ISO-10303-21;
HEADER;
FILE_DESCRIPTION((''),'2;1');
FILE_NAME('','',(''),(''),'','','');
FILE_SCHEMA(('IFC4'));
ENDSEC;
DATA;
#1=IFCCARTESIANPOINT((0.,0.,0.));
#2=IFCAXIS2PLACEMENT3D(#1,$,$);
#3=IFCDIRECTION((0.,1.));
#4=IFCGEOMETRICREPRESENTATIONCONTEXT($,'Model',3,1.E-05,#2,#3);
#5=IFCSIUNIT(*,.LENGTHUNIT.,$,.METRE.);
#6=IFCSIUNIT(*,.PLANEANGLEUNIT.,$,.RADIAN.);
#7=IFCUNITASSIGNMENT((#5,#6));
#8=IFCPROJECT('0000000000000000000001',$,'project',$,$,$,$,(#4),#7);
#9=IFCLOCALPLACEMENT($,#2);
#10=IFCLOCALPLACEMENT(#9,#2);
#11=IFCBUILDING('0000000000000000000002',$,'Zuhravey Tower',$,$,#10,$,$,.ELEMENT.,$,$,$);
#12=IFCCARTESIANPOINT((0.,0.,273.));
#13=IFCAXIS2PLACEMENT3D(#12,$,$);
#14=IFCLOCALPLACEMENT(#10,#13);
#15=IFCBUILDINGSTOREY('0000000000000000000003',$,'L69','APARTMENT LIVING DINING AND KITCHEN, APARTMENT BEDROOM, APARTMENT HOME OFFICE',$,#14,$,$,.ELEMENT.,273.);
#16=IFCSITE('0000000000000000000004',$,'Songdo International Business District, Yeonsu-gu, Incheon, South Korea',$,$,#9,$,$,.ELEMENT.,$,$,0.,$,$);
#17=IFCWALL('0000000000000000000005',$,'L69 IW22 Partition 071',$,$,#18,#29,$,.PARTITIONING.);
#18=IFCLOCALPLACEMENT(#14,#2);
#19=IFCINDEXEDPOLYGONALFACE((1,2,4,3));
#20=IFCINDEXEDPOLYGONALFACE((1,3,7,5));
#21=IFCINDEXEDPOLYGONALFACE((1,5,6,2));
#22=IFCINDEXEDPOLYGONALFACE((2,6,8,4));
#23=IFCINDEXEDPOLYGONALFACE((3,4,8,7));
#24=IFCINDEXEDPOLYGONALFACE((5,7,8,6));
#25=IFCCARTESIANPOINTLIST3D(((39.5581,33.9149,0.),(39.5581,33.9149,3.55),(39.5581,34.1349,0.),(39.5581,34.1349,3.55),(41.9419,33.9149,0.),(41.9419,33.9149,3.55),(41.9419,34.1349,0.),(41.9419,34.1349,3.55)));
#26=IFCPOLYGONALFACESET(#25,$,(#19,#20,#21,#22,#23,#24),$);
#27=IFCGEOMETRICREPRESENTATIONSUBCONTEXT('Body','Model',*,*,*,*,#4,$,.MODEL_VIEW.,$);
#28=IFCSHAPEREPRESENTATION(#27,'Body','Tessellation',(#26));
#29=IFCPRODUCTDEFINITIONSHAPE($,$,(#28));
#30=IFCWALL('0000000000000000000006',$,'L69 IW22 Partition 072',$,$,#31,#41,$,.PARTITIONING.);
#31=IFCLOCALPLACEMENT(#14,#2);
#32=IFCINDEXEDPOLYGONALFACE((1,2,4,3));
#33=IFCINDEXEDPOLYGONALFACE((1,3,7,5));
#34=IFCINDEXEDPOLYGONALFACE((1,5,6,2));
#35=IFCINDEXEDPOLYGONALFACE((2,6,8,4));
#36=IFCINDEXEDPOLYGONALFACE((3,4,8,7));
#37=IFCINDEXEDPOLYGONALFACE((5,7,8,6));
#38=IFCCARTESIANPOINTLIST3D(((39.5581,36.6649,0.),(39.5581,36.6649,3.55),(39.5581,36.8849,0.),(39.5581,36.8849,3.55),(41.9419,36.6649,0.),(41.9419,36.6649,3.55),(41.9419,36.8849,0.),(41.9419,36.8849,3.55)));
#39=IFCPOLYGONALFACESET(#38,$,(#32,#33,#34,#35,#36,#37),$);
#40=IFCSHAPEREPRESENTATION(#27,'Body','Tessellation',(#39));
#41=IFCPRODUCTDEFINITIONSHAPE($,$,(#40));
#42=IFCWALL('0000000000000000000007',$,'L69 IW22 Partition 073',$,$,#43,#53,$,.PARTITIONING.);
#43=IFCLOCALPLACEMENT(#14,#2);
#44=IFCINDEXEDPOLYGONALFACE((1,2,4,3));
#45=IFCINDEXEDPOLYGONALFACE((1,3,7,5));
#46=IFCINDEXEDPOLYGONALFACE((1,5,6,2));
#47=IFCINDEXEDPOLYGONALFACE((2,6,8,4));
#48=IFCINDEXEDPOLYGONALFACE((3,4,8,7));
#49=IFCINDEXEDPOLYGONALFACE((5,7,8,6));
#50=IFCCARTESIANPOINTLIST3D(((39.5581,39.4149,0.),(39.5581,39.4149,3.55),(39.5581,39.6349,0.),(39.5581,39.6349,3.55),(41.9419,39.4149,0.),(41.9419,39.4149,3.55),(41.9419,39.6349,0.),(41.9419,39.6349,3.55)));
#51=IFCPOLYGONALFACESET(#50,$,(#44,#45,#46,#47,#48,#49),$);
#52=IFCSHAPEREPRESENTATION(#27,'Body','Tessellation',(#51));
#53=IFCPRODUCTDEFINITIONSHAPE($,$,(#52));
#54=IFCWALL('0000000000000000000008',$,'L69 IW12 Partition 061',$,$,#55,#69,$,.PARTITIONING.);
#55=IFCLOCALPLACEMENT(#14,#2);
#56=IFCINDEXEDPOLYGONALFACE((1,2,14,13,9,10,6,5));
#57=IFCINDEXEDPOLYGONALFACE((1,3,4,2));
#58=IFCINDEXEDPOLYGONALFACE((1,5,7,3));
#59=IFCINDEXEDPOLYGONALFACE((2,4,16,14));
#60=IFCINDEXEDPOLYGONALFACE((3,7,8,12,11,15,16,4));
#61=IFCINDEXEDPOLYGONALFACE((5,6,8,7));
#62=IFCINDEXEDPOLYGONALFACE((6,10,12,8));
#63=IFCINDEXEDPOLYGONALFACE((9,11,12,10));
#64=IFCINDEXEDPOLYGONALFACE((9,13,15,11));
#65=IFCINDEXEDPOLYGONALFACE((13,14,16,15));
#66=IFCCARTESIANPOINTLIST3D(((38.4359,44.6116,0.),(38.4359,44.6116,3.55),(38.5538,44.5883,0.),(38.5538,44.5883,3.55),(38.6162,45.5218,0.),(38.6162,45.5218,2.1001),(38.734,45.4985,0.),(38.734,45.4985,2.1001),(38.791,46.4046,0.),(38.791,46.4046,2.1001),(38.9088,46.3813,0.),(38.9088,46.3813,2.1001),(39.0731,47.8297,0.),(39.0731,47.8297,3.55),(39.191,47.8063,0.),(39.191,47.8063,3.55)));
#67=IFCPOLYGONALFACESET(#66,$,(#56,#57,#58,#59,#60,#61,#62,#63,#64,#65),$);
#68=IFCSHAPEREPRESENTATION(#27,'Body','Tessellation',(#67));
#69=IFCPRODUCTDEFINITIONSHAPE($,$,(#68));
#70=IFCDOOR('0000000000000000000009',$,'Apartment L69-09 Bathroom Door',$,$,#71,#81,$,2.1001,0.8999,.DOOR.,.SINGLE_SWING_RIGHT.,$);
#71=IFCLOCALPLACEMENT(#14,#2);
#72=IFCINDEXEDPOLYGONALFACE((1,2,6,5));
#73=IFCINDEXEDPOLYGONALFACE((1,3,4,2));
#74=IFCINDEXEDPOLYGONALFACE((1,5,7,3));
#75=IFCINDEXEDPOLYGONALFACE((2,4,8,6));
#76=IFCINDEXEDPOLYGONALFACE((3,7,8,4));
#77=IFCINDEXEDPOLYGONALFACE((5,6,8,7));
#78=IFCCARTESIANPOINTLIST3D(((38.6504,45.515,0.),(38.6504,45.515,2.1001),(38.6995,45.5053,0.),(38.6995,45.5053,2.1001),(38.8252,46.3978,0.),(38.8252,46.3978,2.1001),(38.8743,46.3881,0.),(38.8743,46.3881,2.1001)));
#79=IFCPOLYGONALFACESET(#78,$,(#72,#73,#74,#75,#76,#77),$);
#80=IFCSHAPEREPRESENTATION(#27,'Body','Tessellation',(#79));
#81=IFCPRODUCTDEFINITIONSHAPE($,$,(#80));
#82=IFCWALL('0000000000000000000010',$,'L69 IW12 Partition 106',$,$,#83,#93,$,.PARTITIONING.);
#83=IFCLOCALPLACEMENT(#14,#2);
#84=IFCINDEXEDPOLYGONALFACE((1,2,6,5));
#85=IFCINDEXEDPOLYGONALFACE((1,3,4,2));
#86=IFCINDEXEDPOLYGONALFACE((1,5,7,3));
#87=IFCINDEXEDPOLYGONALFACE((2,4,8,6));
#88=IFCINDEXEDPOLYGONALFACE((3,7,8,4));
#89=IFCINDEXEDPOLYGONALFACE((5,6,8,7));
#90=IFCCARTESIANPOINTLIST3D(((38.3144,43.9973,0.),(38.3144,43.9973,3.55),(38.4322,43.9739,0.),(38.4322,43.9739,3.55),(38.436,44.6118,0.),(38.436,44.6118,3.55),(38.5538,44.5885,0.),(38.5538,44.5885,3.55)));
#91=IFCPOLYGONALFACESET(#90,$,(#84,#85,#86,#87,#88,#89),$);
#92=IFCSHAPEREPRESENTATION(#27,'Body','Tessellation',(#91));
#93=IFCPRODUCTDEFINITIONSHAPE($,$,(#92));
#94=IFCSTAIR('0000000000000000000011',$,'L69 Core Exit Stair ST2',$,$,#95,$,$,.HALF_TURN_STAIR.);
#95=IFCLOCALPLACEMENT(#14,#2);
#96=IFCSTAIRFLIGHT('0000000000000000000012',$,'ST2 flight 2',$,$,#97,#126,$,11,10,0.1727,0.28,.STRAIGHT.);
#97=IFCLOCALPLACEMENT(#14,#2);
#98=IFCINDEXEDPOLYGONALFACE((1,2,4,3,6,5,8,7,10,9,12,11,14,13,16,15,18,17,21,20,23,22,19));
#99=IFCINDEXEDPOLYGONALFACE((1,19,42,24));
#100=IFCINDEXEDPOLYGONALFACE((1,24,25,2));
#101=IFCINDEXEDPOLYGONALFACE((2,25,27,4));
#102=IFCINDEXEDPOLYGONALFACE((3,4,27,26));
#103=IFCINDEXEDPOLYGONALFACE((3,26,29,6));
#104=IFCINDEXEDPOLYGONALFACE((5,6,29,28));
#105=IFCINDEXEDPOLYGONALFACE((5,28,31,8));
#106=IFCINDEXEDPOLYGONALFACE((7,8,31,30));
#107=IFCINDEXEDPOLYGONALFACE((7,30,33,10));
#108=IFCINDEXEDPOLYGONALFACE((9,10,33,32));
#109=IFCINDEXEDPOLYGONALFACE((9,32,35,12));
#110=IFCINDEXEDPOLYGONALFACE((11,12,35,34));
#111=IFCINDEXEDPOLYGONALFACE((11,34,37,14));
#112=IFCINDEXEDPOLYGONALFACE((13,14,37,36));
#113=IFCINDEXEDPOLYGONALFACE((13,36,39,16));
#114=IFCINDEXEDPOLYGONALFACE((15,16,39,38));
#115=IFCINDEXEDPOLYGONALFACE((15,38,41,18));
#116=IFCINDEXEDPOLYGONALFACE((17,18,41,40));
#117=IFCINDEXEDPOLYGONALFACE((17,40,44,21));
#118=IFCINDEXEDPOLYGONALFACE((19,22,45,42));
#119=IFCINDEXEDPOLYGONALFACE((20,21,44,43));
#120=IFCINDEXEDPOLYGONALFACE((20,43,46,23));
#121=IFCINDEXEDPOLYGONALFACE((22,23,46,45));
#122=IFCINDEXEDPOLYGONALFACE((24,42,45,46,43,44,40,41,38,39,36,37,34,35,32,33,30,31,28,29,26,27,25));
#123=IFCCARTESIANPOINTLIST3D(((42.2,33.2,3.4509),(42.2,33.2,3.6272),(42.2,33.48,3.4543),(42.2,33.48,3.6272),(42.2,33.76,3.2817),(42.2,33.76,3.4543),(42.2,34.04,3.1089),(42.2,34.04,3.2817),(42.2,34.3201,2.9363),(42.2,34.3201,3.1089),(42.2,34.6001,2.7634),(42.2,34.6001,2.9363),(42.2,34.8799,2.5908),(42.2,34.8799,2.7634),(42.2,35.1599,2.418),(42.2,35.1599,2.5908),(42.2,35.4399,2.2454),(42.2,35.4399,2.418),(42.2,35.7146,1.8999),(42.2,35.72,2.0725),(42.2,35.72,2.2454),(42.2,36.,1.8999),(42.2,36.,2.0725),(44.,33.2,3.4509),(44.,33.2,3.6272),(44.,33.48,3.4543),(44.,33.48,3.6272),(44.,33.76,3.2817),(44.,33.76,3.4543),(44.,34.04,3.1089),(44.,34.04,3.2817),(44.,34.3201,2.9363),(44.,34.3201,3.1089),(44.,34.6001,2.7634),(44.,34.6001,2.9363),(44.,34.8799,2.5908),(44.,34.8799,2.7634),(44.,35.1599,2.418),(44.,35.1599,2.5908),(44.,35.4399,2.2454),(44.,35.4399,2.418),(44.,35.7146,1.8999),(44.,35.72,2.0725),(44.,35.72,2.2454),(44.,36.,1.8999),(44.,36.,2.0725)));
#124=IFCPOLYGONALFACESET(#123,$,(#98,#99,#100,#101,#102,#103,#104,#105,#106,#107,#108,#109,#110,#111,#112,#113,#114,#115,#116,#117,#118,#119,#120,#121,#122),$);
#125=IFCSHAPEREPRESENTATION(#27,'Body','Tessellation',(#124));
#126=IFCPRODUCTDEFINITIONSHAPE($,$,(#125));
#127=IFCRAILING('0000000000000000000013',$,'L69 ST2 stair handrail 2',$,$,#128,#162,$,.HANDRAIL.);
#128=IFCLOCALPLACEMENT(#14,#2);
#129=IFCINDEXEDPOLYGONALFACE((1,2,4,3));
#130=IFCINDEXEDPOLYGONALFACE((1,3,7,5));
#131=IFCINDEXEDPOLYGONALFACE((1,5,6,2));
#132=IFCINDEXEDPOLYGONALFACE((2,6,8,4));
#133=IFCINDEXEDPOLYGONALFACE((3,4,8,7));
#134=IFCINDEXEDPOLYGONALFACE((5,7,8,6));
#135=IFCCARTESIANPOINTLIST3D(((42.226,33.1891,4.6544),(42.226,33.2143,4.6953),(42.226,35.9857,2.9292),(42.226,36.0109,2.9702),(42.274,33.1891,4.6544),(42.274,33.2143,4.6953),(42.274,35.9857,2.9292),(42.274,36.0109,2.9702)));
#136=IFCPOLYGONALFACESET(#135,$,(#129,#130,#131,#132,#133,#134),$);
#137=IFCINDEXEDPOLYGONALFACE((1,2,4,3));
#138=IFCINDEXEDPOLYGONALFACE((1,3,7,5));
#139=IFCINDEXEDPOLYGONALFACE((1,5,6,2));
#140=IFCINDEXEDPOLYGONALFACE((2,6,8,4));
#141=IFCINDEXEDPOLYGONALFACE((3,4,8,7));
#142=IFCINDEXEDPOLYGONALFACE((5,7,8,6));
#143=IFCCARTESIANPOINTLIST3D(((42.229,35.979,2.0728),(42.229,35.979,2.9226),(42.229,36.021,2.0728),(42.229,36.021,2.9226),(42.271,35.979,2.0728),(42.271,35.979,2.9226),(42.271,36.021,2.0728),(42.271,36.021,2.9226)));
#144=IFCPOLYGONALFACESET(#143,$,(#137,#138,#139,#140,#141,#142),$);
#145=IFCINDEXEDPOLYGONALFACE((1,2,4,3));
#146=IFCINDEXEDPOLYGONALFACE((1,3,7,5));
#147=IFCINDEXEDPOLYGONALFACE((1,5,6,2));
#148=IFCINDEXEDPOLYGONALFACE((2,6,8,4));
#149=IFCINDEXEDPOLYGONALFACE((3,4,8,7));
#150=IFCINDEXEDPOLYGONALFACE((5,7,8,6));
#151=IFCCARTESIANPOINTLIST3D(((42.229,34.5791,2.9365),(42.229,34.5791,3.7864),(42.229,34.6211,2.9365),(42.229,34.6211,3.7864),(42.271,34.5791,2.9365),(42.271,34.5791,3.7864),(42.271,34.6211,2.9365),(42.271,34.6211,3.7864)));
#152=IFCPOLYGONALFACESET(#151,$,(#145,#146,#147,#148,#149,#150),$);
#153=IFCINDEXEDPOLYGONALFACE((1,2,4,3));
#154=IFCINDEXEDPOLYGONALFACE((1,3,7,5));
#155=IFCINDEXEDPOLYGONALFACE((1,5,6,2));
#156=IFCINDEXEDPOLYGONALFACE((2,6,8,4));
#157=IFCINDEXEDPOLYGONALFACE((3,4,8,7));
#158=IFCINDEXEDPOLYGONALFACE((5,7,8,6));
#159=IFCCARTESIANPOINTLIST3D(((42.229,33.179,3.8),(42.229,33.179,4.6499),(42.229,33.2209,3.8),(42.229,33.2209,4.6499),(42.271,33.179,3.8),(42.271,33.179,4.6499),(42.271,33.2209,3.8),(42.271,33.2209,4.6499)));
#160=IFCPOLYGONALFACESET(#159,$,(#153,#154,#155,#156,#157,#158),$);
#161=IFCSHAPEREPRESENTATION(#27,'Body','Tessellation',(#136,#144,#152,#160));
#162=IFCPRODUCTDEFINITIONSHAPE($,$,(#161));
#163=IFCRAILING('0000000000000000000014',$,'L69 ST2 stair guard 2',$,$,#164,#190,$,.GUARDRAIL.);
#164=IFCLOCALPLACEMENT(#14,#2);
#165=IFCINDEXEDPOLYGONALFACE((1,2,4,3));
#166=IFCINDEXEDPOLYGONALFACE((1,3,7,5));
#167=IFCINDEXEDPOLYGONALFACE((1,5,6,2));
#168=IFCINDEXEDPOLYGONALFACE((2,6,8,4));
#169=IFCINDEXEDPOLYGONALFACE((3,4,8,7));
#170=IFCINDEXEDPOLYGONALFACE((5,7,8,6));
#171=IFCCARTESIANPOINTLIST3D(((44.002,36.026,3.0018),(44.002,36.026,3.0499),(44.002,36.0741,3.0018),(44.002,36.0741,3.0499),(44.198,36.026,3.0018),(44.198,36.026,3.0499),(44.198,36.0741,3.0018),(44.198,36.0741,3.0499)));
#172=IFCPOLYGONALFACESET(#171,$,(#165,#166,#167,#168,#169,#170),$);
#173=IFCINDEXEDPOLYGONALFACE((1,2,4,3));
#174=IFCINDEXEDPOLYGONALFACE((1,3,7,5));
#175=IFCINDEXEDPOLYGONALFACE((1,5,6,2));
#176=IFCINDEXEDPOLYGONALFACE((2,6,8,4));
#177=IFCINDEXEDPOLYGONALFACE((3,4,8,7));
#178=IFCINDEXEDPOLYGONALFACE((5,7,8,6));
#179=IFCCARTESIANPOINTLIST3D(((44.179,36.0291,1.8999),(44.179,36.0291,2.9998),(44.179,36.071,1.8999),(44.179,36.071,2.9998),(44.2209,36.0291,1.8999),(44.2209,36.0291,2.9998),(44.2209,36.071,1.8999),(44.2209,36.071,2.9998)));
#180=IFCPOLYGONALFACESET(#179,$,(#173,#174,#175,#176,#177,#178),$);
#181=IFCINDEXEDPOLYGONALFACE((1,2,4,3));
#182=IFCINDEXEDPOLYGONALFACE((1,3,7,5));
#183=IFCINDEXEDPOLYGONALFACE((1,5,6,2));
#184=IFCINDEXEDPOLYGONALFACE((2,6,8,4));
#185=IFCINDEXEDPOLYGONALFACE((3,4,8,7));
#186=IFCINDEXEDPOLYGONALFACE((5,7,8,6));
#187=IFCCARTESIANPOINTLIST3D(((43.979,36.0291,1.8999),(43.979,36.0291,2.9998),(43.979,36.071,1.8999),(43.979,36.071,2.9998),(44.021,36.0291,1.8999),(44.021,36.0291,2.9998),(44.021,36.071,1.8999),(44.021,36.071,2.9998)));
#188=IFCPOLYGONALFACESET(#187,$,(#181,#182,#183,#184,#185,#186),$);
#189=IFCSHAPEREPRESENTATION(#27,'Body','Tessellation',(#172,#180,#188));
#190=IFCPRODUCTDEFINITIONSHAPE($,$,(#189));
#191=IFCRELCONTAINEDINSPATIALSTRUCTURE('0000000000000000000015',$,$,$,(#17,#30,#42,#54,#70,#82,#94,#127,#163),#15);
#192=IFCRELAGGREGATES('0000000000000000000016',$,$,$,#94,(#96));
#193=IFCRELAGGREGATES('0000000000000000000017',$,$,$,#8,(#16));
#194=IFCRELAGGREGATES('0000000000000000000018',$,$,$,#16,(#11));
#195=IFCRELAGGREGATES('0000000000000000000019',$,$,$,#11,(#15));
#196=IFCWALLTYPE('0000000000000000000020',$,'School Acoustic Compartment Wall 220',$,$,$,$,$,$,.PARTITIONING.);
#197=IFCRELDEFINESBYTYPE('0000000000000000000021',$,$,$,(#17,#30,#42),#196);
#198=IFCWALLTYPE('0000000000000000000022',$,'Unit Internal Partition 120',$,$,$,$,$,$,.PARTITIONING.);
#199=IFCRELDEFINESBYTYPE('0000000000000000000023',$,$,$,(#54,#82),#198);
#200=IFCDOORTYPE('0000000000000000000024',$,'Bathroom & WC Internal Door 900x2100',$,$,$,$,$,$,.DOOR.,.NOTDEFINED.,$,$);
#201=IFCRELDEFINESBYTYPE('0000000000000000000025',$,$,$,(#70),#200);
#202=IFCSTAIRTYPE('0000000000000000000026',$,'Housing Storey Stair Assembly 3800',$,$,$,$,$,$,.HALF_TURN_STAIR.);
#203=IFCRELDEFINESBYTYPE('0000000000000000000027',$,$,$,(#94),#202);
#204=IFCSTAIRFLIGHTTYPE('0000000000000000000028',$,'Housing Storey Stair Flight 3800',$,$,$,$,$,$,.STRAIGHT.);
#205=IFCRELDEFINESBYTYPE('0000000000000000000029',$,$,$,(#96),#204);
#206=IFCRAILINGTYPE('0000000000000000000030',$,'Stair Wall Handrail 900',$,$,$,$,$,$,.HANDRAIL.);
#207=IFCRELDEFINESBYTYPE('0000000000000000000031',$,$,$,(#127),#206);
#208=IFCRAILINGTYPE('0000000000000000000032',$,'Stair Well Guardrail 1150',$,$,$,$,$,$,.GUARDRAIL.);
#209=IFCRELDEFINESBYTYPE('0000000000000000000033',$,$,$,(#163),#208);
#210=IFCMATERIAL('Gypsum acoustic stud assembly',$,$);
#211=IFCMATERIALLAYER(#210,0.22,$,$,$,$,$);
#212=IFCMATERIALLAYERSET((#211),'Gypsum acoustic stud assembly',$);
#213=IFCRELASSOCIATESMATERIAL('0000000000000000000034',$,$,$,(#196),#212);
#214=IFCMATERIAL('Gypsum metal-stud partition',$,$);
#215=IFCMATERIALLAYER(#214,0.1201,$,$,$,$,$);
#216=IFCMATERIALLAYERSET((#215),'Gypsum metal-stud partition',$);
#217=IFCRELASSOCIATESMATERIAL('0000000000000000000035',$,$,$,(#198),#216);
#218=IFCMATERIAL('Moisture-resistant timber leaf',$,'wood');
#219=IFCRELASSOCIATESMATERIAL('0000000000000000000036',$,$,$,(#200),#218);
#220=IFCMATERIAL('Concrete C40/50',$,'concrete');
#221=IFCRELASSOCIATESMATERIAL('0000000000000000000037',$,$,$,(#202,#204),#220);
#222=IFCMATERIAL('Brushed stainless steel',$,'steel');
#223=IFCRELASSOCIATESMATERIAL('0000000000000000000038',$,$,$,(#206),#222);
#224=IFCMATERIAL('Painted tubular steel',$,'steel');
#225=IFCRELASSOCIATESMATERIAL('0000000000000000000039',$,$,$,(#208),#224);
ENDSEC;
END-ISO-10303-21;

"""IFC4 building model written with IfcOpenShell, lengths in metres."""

from ifc_helpers import new_model, si_unit, direction, frame, frame_2d, origin, origin_2d, place, context, subcontext, project, spatial, polyline, rectangle, outline, extrude, material, layer, layer_set, type_object, element, fill, aggregate, save


model = new_model("IFC4")

# Units and contexts
model_context = context("Model", 3, precision=1e-05, world=origin(), true_north=direction((0.0, 1.0)))
body_context = subcontext(model_context, "Body", "Model", "MODEL_VIEW")
ifc_project = project(units=[si_unit("LENGTHUNIT", "METRE"), si_unit("PLANEANGLEUNIT", "RADIAN")], contexts=[model_context])

# Site, building, storey
site_placement = place(None, origin())
site = spatial("IfcSite", under=ifc_project, at=site_placement, Name="Songdo International Business District, Yeonsu-gu, Incheon, South Korea", CompositionType="ELEMENT", RefElevation=0.0)
building_placement = place(site_placement, origin())
building = spatial("IfcBuilding", under=site, at=building_placement, Name="Zuhravey Tower", CompositionType="ELEMENT")
storey_placement = place(building_placement, frame((0.0, 0.0, 273.0)))
storey = spatial("IfcBuildingStorey", under=building, at=storey_placement, Name="L69", Description="APARTMENT LIVING DINING AND KITCHEN, APARTMENT BEDROOM, APARTMENT HOME OFFICE", CompositionType="ELEMENT", Elevation=273.0)

# Walls
ifc_material_1 = material(Name="Gypsum acoustic stud assembly")
ifc_layer_1 = layer(ifc_material_1, 0.22)
ifc_layer_set_1 = layer_set([ifc_layer_1], Name="Gypsum acoustic stud assembly")
wall_type_1 = type_object("IfcWallType", Name="School Acoustic Compartment Wall 220", PredefinedType="PARTITIONING", material=ifc_layer_set_1)
for number, where, z_axis, x_axis, name in (
    (1, (39.5581, 34.0249, 0.0), (0.0, 0.0, 1.0), (1.0, 0.0, 0.0), "L69 IW22 Partition 071"),
    (2, (39.5581, 36.7749, 0.0), (0.0, 0.0, 1.0), (1.0, 0.0, 0.0), "L69 IW22 Partition 072"),
    (3, (39.5581, 39.5249, 0.0), (0.0, 0.0, 1.0), (1.0, 0.0, 0.0), "L69 IW22 Partition 073"),
):
    element("IfcWall", number, at=place(storey_placement, frame(where, z_axis=z_axis, x_axis=x_axis)), inside=storey, type_object=wall_type_1, Name=name, PredefinedType="PARTITIONING", context=body_context, shape_type="SweptSolid", body=[
        extrude(rectangle(XDim=2.3838, YDim=0.22, at=frame_2d((1.1919, 0.0))), origin(), (0.0, 0.0, 1.0), 3.55),
    ])

# Wall, opening, door
ifc_material_2 = material(Name="Gypsum metal-stud partition")
ifc_layer_2 = layer(ifc_material_2, 0.1201)
ifc_layer_set_2 = layer_set([ifc_layer_2], Name="Gypsum metal-stud partition")
wall_type_2 = type_object("IfcWallType", Name="Unit Internal Partition 120", PredefinedType="PARTITIONING", material=ifc_layer_set_2)
wall_1_placement = place(storey_placement, frame((38.4949, 44.6001, 0.0), z_axis=(0.0, 0.0, 1.0), x_axis=(0.194241, 0.980954, 0.0)))
wall_1 = element("IfcWall", 4, at=wall_1_placement, inside=storey, type_object=wall_type_2, Name="L69 IW12 Partition 061", PredefinedType="PARTITIONING", context=body_context, shape_type="SweptSolid", body=[
    extrude(rectangle(XDim=3.2805, YDim=0.1201, at=frame_2d((1.6401, 0.0))), origin(), (0.0, 0.0, 1.0), 3.55),
])
opening_1_placement = place(wall_1_placement, frame((0.9277, 0.0, 0.0)))
opening_1 = element("IfcOpeningElement", 5, at=opening_1_placement, cuts=wall_1, PredefinedType="OPENING", context=body_context, shape_type="SweptSolid", body=[
    extrude(rectangle(XDim=0.8999, YDim=2.1001, at=frame_2d((0.45, 1.05))), frame((0.0, 0.072, 0.0), z_axis=(0.0, -1.0, 0.0), x_axis=(1.0, 0.0, 0.0)), (0.0, 0.0, 1.0), 0.144),
])
ifc_material_3 = material(Name="Moisture-resistant timber leaf", Category="wood")
door_type_1 = type_object("IfcDoorType", Name="Bathroom & WC Internal Door 900x2100", OperationType="NOTDEFINED", PredefinedType="DOOR", material=ifc_material_3)
door_1_placement = place(opening_1_placement, frame((0.8999, 0.0, 0.0), z_axis=(0.0, 0.0, 1.0), x_axis=(-1.0, 0.0, 0.0)))
door_1 = element("IfcDoor", 6, at=door_1_placement, inside=storey, type_object=door_type_1, Name="Apartment L69-09 Bathroom Door", OperationType="SINGLE_SWING_RIGHT", OverallHeight=2.1001, OverallWidth=0.8999, PredefinedType="DOOR", context=body_context, shape_type="SweptSolid", body=[
    extrude(rectangle(XDim=0.8999, YDim=2.1001, at=frame_2d((0.45, 1.05))), frame((0.0, 0.0249, 0.0), z_axis=(0.0, -1.0, 0.0), x_axis=(1.0, 0.0, 0.0)), (0.0, 0.0, 1.0), 0.05),
])
fill(opening_1, door_1)

# Wall
wall_2_placement = place(storey_placement, frame((38.3733, 43.9856, 0.0), z_axis=(0.0, 0.0, 1.0), x_axis=(0.194092, 0.980983, 0.0)))
element("IfcWall", 7, at=wall_2_placement, inside=storey, type_object=wall_type_2, Name="L69 IW12 Partition 106", PredefinedType="PARTITIONING", context=body_context, shape_type="SweptSolid", body=[
    extrude(rectangle(XDim=0.6265, YDim=0.1201, at=frame_2d((0.3132, 0.0))), origin(), (0.0, 0.0, 1.0), 3.55),
])

# Stair, stair flight
ifc_material_4 = material(Name="Concrete C40/50", Category="concrete")
stair_type = type_object("IfcStairType", Name="Housing Storey Stair Assembly 3800", PredefinedType="HALF_TURN_STAIR", material=ifc_material_4)
stair_placement = place(storey_placement, origin())
stair = element("IfcStair", 8, at=stair_placement, inside=storey, type_object=stair_type, Name="L69 Core Exit Stair ST2", PredefinedType="HALF_TURN_STAIR")
stair_flight_type = type_object("IfcStairFlightType", Name="Housing Storey Stair Flight 3800", PredefinedType="STRAIGHT", material=ifc_material_4)
stair_flight_placement = place(storey_placement, frame((43.1001, 36.0, 1.8999), z_axis=(0.0, 0.0, 1.0), x_axis=(0.0, -1.0, 0.0)))
stair_flight = element("IfcStairFlight", 9, at=stair_flight_placement, type_object=stair_flight_type, Name="ST2 flight 2", NumberOfRisers=11, NumberOfTreads=10, PredefinedType="STRAIGHT", RiserHeight=0.1727, TreadLength=0.28, context=body_context, shape_type="SweptSolid", body=[
    extrude(outline(polyline([(0.0, 0.0), (0.0, 0.1726), (0.28, 0.1726), (0.28, 0.3455), (0.5601, 0.3455), (0.5601, 0.5181), (0.8401, 0.5181), (0.8401, 0.6909), (1.1201, 0.6909), (1.1201, 0.8635), (1.3999, 0.8635), (1.3999, 1.0364), (1.6799, 1.0364), (1.6799, 1.209), (1.96, 1.209), (1.96, 1.3818), (2.24, 1.3818), (2.24, 1.5544), (2.52, 1.5544), (2.52, 1.7273), (2.8, 1.7273), (2.8, 1.8999), (2.8, 1.551), (0.2854, 0.0), (0.0, 0.0)])), frame((0.0, 0.8999, 0.0), z_axis=(0.0, -1.0, 0.0), x_axis=(1.0, 0.0, 0.0)), (0.0, 0.0, 1.0), 1.8),
])
aggregate(stair, [stair_flight])

# Railings
ifc_material_5 = material(Name="Brushed stainless steel", Category="steel")
railing_type_1 = type_object("IfcRailingType", Name="Stair Wall Handrail 900", PredefinedType="HANDRAIL", material=ifc_material_5)
railing_1_placement = place(storey_placement, frame((42.25, 36.0, 2.0728)))
element("IfcRailing", 10, at=railing_1_placement, inside=storey, type_object=railing_type_1, Name="L69 ST2 stair handrail 2", PredefinedType="HANDRAIL", context=body_context, shape_type="SweptSolid", body=[
    extrude(rectangle(XDim=0.0481, YDim=0.0481, at=origin_2d()), frame((0.0, -0.0017, 0.877), z_axis=(0.0, -0.85109, 0.52502), x_axis=(1.0, 0.0, 0.0)), (0.0, 0.0, 1.0), 3.2859),
    extrude(rectangle(XDim=0.042, YDim=0.042, at=origin_2d()), origin(), (0.0, 0.0, 1.0), 0.8499),
    extrude(rectangle(XDim=0.042, YDim=0.042, at=origin_2d()), frame((0.0, -1.3999, 0.8638)), (0.0, 0.0, 1.0), 0.8499),
    extrude(rectangle(XDim=0.042, YDim=0.042, at=origin_2d()), frame((0.0, -2.8, 1.7273)), (0.0, 0.0, 1.0), 0.8499),
])
ifc_material_6 = material(Name="Painted tubular steel", Category="steel")
railing_type_2 = type_object("IfcRailingType", Name="Stair Well Guardrail 1150", PredefinedType="GUARDRAIL", material=ifc_material_6)
railing_2_placement = place(storey_placement, frame((44.2, 36.05, 1.8999)))
element("IfcRailing", 11, at=railing_2_placement, inside=storey, type_object=railing_type_2, Name="L69 ST2 stair guard 2", PredefinedType="GUARDRAIL", context=body_context, shape_type="SweptSolid", body=[
    extrude(rectangle(XDim=0.0481, YDim=0.0481, at=origin_2d()), frame((-0.002, 0.0, 1.126), z_axis=(-1.0, 0.0, 0.0), x_axis=(0.0, -1.0, 0.0)), (0.0, 0.0, 1.0), 0.196),
    extrude(rectangle(XDim=0.042, YDim=0.042, at=origin_2d()), origin(), (0.0, 0.0, 1.0), 1.0999),
    extrude(rectangle(XDim=0.042, YDim=0.042, at=origin_2d()), frame((-0.2, 0.0, 0.0)), (0.0, 0.0, 1.0), 1.0999),
])

save(model, "model.ifc")
